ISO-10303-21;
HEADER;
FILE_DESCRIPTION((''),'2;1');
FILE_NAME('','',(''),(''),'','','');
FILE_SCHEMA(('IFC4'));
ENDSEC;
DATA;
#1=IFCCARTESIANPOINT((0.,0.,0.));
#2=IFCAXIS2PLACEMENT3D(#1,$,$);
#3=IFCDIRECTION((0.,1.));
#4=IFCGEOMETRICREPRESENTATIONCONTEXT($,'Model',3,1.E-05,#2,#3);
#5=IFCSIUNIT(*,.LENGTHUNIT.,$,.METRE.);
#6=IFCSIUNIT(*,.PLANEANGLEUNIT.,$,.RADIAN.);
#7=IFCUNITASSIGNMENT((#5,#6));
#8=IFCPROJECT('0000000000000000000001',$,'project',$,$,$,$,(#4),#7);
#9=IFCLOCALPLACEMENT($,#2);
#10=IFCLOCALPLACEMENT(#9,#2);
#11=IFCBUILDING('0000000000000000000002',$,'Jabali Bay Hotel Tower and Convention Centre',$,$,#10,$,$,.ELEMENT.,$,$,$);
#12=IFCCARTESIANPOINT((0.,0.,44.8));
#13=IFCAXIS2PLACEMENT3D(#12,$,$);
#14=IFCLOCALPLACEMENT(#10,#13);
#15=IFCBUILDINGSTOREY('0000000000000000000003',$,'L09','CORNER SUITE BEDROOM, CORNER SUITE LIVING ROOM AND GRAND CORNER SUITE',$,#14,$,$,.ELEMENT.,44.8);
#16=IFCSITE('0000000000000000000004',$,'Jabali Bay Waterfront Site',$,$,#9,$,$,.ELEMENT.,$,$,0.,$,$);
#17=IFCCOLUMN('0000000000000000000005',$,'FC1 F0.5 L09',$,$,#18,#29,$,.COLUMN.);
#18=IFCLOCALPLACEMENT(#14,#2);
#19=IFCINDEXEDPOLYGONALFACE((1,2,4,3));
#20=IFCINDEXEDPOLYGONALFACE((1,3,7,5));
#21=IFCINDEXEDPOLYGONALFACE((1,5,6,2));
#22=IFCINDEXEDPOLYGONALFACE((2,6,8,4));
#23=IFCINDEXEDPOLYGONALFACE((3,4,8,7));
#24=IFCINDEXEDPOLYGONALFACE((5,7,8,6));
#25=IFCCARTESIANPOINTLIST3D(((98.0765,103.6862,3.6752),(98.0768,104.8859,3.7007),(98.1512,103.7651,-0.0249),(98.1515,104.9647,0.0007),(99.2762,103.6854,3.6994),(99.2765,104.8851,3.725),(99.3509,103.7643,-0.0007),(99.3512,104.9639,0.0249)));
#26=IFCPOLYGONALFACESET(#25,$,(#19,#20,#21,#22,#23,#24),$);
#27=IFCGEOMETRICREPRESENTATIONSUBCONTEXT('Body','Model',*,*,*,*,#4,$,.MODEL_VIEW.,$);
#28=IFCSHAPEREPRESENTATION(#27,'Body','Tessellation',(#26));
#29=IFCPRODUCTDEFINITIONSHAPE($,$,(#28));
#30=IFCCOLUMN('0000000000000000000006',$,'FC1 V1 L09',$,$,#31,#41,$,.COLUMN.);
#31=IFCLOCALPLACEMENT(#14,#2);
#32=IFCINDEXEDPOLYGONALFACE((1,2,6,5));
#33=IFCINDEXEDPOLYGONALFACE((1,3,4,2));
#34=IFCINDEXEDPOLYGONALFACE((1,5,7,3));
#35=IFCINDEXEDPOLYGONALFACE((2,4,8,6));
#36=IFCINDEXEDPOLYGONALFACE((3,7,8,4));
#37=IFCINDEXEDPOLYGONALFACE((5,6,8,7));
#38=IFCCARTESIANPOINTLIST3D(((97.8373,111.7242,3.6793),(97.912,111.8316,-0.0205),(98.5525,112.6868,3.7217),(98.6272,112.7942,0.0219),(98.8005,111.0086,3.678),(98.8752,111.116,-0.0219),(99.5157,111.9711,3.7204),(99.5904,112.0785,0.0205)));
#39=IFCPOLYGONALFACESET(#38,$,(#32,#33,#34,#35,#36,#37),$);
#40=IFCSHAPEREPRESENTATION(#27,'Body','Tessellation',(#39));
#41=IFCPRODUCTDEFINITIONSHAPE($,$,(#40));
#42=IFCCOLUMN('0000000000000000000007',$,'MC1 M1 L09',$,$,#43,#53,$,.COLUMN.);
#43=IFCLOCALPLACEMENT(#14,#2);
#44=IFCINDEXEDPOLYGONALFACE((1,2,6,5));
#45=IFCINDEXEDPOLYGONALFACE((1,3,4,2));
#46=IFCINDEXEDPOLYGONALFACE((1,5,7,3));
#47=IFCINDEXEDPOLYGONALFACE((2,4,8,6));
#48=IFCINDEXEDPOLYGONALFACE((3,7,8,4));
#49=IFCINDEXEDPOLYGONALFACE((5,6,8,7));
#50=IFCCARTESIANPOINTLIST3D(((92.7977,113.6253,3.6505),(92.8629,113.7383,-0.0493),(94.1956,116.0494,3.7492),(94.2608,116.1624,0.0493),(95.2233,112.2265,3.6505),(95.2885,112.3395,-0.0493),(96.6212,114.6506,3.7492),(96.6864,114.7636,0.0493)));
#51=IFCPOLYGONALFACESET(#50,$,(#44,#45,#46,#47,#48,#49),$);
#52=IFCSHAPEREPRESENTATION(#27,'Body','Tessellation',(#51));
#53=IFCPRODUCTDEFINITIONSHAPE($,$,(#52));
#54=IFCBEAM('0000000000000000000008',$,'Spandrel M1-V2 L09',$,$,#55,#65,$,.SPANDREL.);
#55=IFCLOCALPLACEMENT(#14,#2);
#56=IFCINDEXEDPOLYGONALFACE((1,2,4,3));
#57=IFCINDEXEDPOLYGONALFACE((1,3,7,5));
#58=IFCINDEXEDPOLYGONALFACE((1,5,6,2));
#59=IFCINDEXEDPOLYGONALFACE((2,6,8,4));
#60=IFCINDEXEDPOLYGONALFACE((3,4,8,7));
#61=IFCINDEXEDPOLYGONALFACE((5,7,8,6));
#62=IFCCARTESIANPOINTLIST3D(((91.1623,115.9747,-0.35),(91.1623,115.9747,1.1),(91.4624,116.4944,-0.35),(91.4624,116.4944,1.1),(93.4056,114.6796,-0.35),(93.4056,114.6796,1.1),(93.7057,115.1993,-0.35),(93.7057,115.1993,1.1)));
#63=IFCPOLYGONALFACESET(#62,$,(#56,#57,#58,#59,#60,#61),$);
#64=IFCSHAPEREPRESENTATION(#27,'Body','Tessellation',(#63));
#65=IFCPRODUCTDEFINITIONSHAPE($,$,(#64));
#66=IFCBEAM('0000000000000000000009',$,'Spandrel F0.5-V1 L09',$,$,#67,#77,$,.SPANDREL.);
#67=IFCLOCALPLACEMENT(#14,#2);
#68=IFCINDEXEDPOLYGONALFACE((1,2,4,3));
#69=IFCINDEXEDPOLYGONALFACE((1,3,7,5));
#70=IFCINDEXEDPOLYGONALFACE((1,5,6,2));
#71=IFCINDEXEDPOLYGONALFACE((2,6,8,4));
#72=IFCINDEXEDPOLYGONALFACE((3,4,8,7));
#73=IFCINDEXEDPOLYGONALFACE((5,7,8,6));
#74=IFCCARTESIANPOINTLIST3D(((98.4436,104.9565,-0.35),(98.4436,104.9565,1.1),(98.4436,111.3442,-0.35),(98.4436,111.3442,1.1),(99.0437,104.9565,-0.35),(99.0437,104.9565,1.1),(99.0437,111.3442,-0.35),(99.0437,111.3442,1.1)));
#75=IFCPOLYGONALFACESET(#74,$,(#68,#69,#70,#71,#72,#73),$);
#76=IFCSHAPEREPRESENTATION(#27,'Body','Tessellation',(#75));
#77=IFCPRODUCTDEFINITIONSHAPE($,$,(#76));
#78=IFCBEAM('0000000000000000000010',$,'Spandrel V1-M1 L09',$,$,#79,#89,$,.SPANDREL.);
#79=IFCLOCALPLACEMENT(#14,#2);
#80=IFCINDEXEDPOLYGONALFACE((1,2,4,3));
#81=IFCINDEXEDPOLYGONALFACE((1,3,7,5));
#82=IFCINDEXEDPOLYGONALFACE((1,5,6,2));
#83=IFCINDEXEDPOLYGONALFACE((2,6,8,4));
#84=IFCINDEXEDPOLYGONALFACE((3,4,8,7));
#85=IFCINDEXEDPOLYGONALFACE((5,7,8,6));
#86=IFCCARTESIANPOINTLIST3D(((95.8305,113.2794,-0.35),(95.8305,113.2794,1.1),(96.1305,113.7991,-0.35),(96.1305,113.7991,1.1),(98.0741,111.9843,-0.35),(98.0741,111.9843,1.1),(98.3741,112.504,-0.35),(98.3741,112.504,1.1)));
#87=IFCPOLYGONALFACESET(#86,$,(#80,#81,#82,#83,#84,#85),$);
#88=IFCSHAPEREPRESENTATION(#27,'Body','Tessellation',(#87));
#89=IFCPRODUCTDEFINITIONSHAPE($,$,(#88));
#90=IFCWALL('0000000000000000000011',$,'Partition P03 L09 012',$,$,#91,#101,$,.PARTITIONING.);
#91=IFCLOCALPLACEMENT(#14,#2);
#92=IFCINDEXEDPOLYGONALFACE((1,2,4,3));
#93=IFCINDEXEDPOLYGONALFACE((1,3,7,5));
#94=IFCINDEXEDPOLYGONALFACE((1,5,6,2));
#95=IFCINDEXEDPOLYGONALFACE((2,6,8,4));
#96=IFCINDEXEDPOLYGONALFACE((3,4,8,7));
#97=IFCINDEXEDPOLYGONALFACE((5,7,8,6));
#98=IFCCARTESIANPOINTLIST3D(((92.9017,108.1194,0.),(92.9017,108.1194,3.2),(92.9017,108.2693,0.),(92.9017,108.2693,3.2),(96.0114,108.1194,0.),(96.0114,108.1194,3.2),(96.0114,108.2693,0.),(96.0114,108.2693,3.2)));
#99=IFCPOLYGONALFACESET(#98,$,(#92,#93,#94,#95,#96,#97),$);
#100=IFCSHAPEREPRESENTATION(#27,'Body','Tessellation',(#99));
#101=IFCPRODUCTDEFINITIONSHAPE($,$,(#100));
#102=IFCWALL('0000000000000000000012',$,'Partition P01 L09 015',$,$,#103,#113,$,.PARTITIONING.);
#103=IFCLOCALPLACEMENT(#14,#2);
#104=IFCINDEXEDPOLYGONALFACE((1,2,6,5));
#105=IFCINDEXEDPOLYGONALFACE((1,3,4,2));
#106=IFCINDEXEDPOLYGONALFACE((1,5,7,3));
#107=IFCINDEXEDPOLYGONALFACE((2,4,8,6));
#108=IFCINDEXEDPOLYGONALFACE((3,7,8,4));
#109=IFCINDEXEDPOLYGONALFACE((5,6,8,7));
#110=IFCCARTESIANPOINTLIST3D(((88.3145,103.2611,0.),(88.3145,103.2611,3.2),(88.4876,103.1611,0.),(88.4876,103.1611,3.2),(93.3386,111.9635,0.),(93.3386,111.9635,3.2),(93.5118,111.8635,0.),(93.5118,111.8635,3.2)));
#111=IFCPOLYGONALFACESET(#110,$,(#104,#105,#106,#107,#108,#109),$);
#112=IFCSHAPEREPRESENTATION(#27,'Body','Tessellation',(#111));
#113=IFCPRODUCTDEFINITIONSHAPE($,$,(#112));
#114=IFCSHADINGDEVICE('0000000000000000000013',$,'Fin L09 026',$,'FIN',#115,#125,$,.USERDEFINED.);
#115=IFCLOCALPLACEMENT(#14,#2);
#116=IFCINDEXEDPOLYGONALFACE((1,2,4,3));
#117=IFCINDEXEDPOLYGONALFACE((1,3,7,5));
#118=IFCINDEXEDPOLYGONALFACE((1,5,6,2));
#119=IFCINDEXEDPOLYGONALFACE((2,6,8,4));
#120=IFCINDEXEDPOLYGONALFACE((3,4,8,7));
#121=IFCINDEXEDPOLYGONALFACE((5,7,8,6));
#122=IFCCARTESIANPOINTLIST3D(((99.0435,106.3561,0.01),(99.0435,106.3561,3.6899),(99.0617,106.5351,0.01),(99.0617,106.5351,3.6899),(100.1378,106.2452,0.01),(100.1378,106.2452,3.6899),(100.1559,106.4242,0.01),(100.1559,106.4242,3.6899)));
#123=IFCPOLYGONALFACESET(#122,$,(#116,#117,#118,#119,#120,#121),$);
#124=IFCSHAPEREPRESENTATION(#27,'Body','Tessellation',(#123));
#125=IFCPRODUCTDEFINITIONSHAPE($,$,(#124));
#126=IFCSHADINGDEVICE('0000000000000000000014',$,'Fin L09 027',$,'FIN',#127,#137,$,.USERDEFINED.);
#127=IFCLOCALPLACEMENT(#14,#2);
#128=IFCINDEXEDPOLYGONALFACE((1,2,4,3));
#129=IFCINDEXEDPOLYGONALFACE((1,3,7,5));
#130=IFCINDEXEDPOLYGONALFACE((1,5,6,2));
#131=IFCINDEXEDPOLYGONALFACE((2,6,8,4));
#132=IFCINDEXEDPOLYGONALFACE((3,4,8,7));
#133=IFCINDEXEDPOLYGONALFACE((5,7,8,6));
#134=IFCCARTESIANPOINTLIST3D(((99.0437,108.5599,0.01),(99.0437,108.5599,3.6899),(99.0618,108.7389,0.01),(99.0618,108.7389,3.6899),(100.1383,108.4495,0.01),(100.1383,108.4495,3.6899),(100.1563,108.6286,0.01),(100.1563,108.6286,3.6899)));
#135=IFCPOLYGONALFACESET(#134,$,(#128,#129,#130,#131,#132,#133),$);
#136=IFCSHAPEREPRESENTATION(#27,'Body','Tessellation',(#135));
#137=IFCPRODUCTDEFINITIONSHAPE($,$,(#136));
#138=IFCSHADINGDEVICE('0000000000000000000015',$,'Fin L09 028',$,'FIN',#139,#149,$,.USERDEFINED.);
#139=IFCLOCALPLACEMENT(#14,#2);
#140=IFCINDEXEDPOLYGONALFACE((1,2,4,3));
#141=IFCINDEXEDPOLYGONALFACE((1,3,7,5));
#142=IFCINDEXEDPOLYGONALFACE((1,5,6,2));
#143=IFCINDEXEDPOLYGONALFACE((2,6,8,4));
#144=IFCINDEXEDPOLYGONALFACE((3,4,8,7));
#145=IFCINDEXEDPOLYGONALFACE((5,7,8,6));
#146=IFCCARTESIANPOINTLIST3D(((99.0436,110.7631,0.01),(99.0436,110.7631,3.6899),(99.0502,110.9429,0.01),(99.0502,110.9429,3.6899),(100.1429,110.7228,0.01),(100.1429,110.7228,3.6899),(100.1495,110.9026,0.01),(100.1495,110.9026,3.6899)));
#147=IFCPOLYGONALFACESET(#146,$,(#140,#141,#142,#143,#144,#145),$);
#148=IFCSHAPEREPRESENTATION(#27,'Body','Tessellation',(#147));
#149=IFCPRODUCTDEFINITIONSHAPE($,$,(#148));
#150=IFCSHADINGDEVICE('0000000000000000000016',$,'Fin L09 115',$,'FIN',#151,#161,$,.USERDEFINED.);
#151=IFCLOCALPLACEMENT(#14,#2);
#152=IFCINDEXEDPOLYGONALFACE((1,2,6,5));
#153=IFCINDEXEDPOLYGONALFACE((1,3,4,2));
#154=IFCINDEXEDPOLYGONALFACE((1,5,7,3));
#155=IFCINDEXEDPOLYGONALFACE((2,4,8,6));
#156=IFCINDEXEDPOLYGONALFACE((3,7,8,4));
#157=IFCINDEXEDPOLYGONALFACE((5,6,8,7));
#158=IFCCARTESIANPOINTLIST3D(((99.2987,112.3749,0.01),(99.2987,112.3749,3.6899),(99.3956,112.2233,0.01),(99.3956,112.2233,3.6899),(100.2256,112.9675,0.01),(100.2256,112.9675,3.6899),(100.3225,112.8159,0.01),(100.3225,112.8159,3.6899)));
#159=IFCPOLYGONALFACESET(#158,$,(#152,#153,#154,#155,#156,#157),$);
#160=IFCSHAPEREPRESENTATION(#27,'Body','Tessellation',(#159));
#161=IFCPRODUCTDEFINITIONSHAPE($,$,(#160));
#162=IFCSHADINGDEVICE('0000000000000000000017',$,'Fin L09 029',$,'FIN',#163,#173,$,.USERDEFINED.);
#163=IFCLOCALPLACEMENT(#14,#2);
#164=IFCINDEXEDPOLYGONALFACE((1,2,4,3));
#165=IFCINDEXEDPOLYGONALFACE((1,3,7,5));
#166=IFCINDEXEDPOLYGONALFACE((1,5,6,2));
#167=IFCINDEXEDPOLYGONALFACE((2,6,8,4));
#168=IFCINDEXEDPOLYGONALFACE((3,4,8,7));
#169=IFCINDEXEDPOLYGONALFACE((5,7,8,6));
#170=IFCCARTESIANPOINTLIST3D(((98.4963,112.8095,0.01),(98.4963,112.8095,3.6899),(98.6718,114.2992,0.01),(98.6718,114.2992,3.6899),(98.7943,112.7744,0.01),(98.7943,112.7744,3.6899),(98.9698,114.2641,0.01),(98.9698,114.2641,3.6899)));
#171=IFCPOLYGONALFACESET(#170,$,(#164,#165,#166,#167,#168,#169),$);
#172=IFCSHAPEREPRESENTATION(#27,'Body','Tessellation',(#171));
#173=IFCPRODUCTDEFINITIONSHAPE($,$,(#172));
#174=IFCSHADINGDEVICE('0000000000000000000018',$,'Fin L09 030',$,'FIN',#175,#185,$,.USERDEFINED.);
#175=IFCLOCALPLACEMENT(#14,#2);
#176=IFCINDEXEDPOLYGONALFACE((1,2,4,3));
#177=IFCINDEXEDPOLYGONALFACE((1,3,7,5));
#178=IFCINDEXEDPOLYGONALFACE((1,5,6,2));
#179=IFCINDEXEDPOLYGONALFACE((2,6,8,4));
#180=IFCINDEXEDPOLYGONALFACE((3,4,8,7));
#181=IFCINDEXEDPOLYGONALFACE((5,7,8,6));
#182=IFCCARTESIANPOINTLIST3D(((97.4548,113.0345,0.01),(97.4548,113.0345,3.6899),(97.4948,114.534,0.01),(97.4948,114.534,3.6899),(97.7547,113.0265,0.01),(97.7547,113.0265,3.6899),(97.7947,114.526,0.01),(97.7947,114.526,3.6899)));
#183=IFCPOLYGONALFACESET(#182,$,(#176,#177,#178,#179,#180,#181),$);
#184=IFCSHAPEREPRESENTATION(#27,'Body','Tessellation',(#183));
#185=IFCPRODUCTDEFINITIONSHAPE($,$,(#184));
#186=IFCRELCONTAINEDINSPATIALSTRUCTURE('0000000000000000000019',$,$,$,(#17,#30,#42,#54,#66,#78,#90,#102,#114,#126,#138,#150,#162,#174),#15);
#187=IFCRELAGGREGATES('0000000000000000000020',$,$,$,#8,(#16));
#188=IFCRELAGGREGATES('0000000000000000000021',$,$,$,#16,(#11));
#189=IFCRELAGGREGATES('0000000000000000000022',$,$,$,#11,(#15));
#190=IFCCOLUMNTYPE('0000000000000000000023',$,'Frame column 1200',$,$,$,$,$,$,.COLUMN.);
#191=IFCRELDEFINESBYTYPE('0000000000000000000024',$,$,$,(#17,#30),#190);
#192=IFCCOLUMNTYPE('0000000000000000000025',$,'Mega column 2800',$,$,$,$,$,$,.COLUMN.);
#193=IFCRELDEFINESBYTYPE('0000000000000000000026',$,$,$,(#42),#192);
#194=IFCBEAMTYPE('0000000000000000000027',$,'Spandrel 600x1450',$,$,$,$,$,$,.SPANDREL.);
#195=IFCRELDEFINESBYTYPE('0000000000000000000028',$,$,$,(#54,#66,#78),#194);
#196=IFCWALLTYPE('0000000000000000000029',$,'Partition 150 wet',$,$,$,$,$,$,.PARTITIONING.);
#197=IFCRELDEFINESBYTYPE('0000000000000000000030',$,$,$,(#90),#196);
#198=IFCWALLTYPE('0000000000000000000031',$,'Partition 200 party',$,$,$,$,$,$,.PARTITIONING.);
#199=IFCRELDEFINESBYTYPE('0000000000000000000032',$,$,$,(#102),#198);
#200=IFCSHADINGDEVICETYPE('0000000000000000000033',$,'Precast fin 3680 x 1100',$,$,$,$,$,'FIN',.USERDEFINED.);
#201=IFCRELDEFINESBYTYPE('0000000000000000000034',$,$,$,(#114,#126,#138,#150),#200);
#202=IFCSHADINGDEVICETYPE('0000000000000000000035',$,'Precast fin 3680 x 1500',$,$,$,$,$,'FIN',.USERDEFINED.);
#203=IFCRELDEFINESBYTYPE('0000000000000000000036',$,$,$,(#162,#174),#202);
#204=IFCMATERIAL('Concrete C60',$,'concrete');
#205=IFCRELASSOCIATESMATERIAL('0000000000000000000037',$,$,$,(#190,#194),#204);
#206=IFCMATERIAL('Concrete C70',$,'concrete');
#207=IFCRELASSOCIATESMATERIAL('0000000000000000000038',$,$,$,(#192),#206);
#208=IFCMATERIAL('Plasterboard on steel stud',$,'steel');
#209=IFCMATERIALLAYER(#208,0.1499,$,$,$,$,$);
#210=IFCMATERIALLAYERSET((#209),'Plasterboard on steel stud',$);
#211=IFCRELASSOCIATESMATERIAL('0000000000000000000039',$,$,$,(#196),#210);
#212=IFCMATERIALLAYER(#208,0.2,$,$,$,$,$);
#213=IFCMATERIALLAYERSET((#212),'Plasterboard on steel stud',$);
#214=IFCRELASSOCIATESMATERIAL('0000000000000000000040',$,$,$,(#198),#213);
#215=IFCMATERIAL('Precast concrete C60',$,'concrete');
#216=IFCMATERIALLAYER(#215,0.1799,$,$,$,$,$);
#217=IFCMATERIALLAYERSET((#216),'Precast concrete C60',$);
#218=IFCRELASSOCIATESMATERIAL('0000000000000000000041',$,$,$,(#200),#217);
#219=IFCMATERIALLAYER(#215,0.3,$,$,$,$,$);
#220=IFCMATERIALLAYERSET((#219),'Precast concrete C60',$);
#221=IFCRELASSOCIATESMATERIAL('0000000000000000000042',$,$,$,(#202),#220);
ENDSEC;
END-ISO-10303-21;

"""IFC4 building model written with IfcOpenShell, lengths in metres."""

from ifc_helpers import new_model, si_unit, direction, frame, frame_2d, origin, origin_2d, place, context, subcontext, project, spatial, rectangle, extrude, material, layer, layer_set, material_profile, profile_set, type_object, element, save


model = new_model("IFC4")

# Units and contexts
model_context = context("Model", 3, precision=1e-05, world=origin(), true_north=direction((0.0, 1.0)))
body_context = subcontext(model_context, "Body", "Model", "MODEL_VIEW")
ifc_project = project(units=[si_unit("LENGTHUNIT", "METRE"), si_unit("PLANEANGLEUNIT", "RADIAN")], contexts=[model_context])

# Site, building, storey
site_placement = place(None, origin())
site = spatial("IfcSite", under=ifc_project, at=site_placement, Name="Jabali Bay Waterfront Site", CompositionType="ELEMENT", RefElevation=0.0)
building_placement = place(site_placement, origin())
building = spatial("IfcBuilding", under=site, at=building_placement, Name="Jabali Bay Hotel Tower and Convention Centre", CompositionType="ELEMENT")
storey_placement = place(building_placement, frame((0.0, 0.0, 44.8)))
storey = spatial("IfcBuildingStorey", under=building, at=storey_placement, Name="L09", Description="CORNER SUITE BEDROOM, CORNER SUITE LIVING ROOM AND GRAND CORNER SUITE", CompositionType="ELEMENT", Elevation=44.8)

# Columns
ifc_material_1 = material(Name="Concrete C60", Category="concrete")
ifc_material_profile_1 = material_profile(ifc_material_1, rectangle(XDim=1.2, YDim=1.2, at=origin_2d()), Name="Frame column 1200")
ifc_profile_set_1 = profile_set([ifc_material_profile_1], Name="Concrete C60")
column_type_1 = type_object("IfcColumnType", Name="Frame column 1200", PredefinedType="COLUMN", material=ifc_profile_set_1)
column_1_placement = place(storey_placement, frame((98.7512, 104.3645, 0.0), z_axis=(-0.020183, -0.021304, 0.999569), x_axis=(0.999796, -0.000658, 0.020173)))
element("IfcColumn", 1, at=column_1_placement, inside=storey, type_object=column_type_1, Name="FC1 F0.5 L09", PredefinedType="COLUMN", context=body_context, shape_type="SweptSolid", body=[
    extrude(rectangle(XDim=1.2, YDim=1.2, at=origin_2d()), origin(), (0.0, 0.0, 1.0), 3.7017),
])
column_2_placement = place(storey_placement, frame((98.7512, 111.9551, 0.0), z_axis=(-0.020179, -0.029015, 0.999375), x_axis=(0.596053, 0.802167, 0.035325)))
element("IfcColumn", 2, at=column_2_placement, inside=storey, type_object=column_type_1, Name="FC1 V1 L09", PredefinedType="COLUMN", context=body_context, shape_type="SweptSolid", body=[
    extrude(rectangle(XDim=1.2, YDim=1.2, at=origin_2d()), origin(), (0.0, 0.0, 1.0), 3.7021),
])
ifc_material_2 = material(Name="Concrete C70", Category="concrete")
ifc_material_profile_2 = material_profile(ifc_material_2, rectangle(XDim=2.8, YDim=2.8, at=origin_2d()), Name="Mega column 2800")
ifc_profile_set_2 = profile_set([ifc_material_profile_2], Name="Concrete C70")
column_type_2 = type_object("IfcColumnType", Name="Mega column 2800", PredefinedType="COLUMN", material=ifc_profile_set_2)
column_3_placement = place(storey_placement, frame((94.7747, 114.251, 0.0), z_axis=(-0.017607, -0.030532, 0.999379), x_axis=(0.866279, -0.49956, 0.0)))
element("IfcColumn", 3, at=column_3_placement, inside=storey, type_object=column_type_2, Name="MC1 M1 L09", PredefinedType="COLUMN", context=body_context, shape_type="SweptSolid", body=[
    extrude(rectangle(XDim=2.8, YDim=2.8, at=origin_2d()), origin(), (0.0, 0.0, 1.0), 3.7021),
])

# Beams
ifc_material_profile_3 = material_profile(ifc_material_1, rectangle(XDim=0.6001, YDim=1.45, at=origin_2d()), Name="Spandrel 600x1450")
ifc_profile_set_3 = profile_set([ifc_material_profile_3], Name="Concrete C60")
beam_type = type_object("IfcBeamType", Name="Spandrel 600x1450", PredefinedType="SPANDREL", material=ifc_profile_set_3)
beam_1_placement = place(storey_placement, frame((93.5557, 114.9395, 0.375), z_axis=(-0.866036, 0.499981, 0.0), x_axis=(-0.499981, -0.866036, 0.0)))
element("IfcBeam", 4, at=beam_1_placement, inside=storey, type_object=beam_type, Name="Spandrel M1-V2 L09", PredefinedType="SPANDREL", context=body_context, shape_type="SweptSolid", body=[
    extrude(rectangle(XDim=0.6001, YDim=1.45, at=origin_2d()), origin(), (0.0, 0.0, 1.0), 2.5903),
])
beam_2_placement = place(storey_placement, frame((98.7437, 104.9565, 0.375), z_axis=(0.0, 1.0, 0.0), x_axis=(-1.0, 0.0, 0.0)))
element("IfcBeam", 5, at=beam_2_placement, inside=storey, type_object=beam_type, Name="Spandrel F0.5-V1 L09", PredefinedType="SPANDREL", context=body_context, shape_type="SweptSolid", body=[
    extrude(rectangle(XDim=0.6001, YDim=1.45, at=origin_2d()), origin(), (0.0, 0.0, 1.0), 6.3877),
])
beam_3_placement = place(storey_placement, frame((98.2241, 112.2441, 0.375), z_axis=(-0.86606, 0.49994, 0.0), x_axis=(-0.49994, -0.86606, 0.0)))
element("IfcBeam", 6, at=beam_3_placement, inside=storey, type_object=beam_type, Name="Spandrel V1-M1 L09", PredefinedType="SPANDREL", context=body_context, shape_type="SweptSolid", body=[
    extrude(rectangle(XDim=0.6001, YDim=1.45, at=origin_2d()), origin(), (0.0, 0.0, 1.0), 2.5906),
])

# Walls
ifc_material_3 = material(Name="Plasterboard on steel stud", Category="steel")
ifc_layer_1 = layer(ifc_material_3, 0.1499)
ifc_layer_set_1 = layer_set([ifc_layer_1], Name="Plasterboard on steel stud")
wall_type_1 = type_object("IfcWallType", Name="Partition 150 wet", PredefinedType="PARTITIONING", material=ifc_layer_set_1)
wall_1_placement = place(storey_placement, frame((96.0112, 108.1943, 0.0), z_axis=(0.0, 0.0, 1.0), x_axis=(-1.0, 0.0, 0.0)))
element("IfcWall", 7, at=wall_1_placement, inside=storey, type_object=wall_type_1, Name="Partition P03 L09 012", PredefinedType="PARTITIONING", context=body_context, shape_type="SweptSolid", body=[
    extrude(rectangle(XDim=3.1096, YDim=0.1499, at=frame_2d((1.5547, 0.0))), origin(), (0.0, 0.0, 1.0), 3.2),
])
ifc_layer_2 = layer(ifc_material_3, 0.2)
ifc_layer_set_2 = layer_set([ifc_layer_2], Name="Plasterboard on steel stud")
wall_type_2 = type_object("IfcWallType", Name="Partition 200 party", PredefinedType="PARTITIONING", material=ifc_layer_set_2)
wall_2_placement = place(storey_placement, frame((93.4253, 111.9136, 0.0), z_axis=(0.0, 0.0, 1.0), x_axis=(-0.499988, -0.866032, 0.0)))
element("IfcWall", 8, at=wall_2_placement, inside=storey, type_object=wall_type_2, Name="Partition P01 L09 015", PredefinedType="PARTITIONING", context=body_context, shape_type="SweptSolid", body=[
    extrude(rectangle(XDim=10.0486, YDim=0.2, at=frame_2d((5.0244, 0.0))), origin(), (0.0, 0.0, 1.0), 3.2),
])

# Shading devices
ifc_material_4 = material(Name="Precast concrete C60", Category="concrete")
ifc_layer_3 = layer(ifc_material_4, 0.1799)
ifc_layer_set_3 = layer_set([ifc_layer_3], Name="Precast concrete C60")
shading_device_type_1 = type_object("IfcShadingDeviceType", Name="Precast fin 3680 x 1100", ElementType="FIN", PredefinedType="USERDEFINED", material=ifc_layer_set_3)
shading_device_placement = place(storey_placement, frame((99.0527, 106.4456, 0.01), z_axis=(0.0, 0.0, 1.0), x_axis=(0.994909, -0.100778, 0.0)))
element("IfcShadingDevice", 9, at=shading_device_placement, inside=storey, type_object=shading_device_type_1, Name="Fin L09 026", ObjectType="FIN", PredefinedType="USERDEFINED", context=body_context, shape_type="SweptSolid", body=[
    extrude(rectangle(XDim=1.0999, YDim=0.1799, at=frame_2d((0.5498, 0.0))), origin(), (0.0, 0.0, 1.0), 3.6799),
])
for number, where, z_axis, x_axis, name in (
    (10, (99.0527, 108.6494, 0.01), (0.0, 0.0, 1.0), (0.994956, -0.100317, 0.0), "Fin L09 027"),
    (11, (99.0469, 110.853, 0.01), (0.0, 0.0, 1.0), (0.999329, -0.036618, 0.0), "Fin L09 028"),
    (12, (99.3472, 112.2991, 0.01), (0.0, 0.0, 1.0), (0.842517, 0.538669, 0.0), "Fin L09 115"),
):
    element("IfcShadingDevice", number, at=place(storey_placement, frame(where, z_axis=z_axis, x_axis=x_axis)), inside=storey, type_object=shading_device_type_1, Name=name, ObjectType="FIN", PredefinedType="USERDEFINED", context=body_context, shape_type="SweptSolid", body=[
        extrude(rectangle(XDim=1.1001, YDim=0.1799, at=frame_2d((0.55, 0.0))), origin(), (0.0, 0.0, 1.0), 3.6799),
    ])
ifc_layer_4 = layer(ifc_material_4, 0.3)
ifc_layer_set_4 = layer_set([ifc_layer_4], Name="Precast concrete C60")
shading_device_type_2 = type_object("IfcShadingDeviceType", Name="Precast fin 3680 x 1500", ElementType="FIN", PredefinedType="USERDEFINED", material=ifc_layer_set_4)
for number, where, z_axis, x_axis, name in (
    (13, (98.6453, 112.792, 0.01), (0.0, 0.0, 1.0), (0.117021, 0.993129, 0.0), "Fin L09 029"),
    (14, (97.6047, 113.0305, 0.01), (0.0, 0.0, 1.0), (0.026692, 0.999644, 0.0), "Fin L09 030"),
):
    element("IfcShadingDevice", number, at=place(storey_placement, frame(where, z_axis=z_axis, x_axis=x_axis)), inside=storey, type_object=shading_device_type_2, Name=name, ObjectType="FIN", PredefinedType="USERDEFINED", context=body_context, shape_type="SweptSolid", body=[
        extrude(rectangle(XDim=1.5, YDim=0.3, at=frame_2d((0.75, 0.0))), origin(), (0.0, 0.0, 1.0), 3.6799),
    ])

save(model, "model.ifc")
